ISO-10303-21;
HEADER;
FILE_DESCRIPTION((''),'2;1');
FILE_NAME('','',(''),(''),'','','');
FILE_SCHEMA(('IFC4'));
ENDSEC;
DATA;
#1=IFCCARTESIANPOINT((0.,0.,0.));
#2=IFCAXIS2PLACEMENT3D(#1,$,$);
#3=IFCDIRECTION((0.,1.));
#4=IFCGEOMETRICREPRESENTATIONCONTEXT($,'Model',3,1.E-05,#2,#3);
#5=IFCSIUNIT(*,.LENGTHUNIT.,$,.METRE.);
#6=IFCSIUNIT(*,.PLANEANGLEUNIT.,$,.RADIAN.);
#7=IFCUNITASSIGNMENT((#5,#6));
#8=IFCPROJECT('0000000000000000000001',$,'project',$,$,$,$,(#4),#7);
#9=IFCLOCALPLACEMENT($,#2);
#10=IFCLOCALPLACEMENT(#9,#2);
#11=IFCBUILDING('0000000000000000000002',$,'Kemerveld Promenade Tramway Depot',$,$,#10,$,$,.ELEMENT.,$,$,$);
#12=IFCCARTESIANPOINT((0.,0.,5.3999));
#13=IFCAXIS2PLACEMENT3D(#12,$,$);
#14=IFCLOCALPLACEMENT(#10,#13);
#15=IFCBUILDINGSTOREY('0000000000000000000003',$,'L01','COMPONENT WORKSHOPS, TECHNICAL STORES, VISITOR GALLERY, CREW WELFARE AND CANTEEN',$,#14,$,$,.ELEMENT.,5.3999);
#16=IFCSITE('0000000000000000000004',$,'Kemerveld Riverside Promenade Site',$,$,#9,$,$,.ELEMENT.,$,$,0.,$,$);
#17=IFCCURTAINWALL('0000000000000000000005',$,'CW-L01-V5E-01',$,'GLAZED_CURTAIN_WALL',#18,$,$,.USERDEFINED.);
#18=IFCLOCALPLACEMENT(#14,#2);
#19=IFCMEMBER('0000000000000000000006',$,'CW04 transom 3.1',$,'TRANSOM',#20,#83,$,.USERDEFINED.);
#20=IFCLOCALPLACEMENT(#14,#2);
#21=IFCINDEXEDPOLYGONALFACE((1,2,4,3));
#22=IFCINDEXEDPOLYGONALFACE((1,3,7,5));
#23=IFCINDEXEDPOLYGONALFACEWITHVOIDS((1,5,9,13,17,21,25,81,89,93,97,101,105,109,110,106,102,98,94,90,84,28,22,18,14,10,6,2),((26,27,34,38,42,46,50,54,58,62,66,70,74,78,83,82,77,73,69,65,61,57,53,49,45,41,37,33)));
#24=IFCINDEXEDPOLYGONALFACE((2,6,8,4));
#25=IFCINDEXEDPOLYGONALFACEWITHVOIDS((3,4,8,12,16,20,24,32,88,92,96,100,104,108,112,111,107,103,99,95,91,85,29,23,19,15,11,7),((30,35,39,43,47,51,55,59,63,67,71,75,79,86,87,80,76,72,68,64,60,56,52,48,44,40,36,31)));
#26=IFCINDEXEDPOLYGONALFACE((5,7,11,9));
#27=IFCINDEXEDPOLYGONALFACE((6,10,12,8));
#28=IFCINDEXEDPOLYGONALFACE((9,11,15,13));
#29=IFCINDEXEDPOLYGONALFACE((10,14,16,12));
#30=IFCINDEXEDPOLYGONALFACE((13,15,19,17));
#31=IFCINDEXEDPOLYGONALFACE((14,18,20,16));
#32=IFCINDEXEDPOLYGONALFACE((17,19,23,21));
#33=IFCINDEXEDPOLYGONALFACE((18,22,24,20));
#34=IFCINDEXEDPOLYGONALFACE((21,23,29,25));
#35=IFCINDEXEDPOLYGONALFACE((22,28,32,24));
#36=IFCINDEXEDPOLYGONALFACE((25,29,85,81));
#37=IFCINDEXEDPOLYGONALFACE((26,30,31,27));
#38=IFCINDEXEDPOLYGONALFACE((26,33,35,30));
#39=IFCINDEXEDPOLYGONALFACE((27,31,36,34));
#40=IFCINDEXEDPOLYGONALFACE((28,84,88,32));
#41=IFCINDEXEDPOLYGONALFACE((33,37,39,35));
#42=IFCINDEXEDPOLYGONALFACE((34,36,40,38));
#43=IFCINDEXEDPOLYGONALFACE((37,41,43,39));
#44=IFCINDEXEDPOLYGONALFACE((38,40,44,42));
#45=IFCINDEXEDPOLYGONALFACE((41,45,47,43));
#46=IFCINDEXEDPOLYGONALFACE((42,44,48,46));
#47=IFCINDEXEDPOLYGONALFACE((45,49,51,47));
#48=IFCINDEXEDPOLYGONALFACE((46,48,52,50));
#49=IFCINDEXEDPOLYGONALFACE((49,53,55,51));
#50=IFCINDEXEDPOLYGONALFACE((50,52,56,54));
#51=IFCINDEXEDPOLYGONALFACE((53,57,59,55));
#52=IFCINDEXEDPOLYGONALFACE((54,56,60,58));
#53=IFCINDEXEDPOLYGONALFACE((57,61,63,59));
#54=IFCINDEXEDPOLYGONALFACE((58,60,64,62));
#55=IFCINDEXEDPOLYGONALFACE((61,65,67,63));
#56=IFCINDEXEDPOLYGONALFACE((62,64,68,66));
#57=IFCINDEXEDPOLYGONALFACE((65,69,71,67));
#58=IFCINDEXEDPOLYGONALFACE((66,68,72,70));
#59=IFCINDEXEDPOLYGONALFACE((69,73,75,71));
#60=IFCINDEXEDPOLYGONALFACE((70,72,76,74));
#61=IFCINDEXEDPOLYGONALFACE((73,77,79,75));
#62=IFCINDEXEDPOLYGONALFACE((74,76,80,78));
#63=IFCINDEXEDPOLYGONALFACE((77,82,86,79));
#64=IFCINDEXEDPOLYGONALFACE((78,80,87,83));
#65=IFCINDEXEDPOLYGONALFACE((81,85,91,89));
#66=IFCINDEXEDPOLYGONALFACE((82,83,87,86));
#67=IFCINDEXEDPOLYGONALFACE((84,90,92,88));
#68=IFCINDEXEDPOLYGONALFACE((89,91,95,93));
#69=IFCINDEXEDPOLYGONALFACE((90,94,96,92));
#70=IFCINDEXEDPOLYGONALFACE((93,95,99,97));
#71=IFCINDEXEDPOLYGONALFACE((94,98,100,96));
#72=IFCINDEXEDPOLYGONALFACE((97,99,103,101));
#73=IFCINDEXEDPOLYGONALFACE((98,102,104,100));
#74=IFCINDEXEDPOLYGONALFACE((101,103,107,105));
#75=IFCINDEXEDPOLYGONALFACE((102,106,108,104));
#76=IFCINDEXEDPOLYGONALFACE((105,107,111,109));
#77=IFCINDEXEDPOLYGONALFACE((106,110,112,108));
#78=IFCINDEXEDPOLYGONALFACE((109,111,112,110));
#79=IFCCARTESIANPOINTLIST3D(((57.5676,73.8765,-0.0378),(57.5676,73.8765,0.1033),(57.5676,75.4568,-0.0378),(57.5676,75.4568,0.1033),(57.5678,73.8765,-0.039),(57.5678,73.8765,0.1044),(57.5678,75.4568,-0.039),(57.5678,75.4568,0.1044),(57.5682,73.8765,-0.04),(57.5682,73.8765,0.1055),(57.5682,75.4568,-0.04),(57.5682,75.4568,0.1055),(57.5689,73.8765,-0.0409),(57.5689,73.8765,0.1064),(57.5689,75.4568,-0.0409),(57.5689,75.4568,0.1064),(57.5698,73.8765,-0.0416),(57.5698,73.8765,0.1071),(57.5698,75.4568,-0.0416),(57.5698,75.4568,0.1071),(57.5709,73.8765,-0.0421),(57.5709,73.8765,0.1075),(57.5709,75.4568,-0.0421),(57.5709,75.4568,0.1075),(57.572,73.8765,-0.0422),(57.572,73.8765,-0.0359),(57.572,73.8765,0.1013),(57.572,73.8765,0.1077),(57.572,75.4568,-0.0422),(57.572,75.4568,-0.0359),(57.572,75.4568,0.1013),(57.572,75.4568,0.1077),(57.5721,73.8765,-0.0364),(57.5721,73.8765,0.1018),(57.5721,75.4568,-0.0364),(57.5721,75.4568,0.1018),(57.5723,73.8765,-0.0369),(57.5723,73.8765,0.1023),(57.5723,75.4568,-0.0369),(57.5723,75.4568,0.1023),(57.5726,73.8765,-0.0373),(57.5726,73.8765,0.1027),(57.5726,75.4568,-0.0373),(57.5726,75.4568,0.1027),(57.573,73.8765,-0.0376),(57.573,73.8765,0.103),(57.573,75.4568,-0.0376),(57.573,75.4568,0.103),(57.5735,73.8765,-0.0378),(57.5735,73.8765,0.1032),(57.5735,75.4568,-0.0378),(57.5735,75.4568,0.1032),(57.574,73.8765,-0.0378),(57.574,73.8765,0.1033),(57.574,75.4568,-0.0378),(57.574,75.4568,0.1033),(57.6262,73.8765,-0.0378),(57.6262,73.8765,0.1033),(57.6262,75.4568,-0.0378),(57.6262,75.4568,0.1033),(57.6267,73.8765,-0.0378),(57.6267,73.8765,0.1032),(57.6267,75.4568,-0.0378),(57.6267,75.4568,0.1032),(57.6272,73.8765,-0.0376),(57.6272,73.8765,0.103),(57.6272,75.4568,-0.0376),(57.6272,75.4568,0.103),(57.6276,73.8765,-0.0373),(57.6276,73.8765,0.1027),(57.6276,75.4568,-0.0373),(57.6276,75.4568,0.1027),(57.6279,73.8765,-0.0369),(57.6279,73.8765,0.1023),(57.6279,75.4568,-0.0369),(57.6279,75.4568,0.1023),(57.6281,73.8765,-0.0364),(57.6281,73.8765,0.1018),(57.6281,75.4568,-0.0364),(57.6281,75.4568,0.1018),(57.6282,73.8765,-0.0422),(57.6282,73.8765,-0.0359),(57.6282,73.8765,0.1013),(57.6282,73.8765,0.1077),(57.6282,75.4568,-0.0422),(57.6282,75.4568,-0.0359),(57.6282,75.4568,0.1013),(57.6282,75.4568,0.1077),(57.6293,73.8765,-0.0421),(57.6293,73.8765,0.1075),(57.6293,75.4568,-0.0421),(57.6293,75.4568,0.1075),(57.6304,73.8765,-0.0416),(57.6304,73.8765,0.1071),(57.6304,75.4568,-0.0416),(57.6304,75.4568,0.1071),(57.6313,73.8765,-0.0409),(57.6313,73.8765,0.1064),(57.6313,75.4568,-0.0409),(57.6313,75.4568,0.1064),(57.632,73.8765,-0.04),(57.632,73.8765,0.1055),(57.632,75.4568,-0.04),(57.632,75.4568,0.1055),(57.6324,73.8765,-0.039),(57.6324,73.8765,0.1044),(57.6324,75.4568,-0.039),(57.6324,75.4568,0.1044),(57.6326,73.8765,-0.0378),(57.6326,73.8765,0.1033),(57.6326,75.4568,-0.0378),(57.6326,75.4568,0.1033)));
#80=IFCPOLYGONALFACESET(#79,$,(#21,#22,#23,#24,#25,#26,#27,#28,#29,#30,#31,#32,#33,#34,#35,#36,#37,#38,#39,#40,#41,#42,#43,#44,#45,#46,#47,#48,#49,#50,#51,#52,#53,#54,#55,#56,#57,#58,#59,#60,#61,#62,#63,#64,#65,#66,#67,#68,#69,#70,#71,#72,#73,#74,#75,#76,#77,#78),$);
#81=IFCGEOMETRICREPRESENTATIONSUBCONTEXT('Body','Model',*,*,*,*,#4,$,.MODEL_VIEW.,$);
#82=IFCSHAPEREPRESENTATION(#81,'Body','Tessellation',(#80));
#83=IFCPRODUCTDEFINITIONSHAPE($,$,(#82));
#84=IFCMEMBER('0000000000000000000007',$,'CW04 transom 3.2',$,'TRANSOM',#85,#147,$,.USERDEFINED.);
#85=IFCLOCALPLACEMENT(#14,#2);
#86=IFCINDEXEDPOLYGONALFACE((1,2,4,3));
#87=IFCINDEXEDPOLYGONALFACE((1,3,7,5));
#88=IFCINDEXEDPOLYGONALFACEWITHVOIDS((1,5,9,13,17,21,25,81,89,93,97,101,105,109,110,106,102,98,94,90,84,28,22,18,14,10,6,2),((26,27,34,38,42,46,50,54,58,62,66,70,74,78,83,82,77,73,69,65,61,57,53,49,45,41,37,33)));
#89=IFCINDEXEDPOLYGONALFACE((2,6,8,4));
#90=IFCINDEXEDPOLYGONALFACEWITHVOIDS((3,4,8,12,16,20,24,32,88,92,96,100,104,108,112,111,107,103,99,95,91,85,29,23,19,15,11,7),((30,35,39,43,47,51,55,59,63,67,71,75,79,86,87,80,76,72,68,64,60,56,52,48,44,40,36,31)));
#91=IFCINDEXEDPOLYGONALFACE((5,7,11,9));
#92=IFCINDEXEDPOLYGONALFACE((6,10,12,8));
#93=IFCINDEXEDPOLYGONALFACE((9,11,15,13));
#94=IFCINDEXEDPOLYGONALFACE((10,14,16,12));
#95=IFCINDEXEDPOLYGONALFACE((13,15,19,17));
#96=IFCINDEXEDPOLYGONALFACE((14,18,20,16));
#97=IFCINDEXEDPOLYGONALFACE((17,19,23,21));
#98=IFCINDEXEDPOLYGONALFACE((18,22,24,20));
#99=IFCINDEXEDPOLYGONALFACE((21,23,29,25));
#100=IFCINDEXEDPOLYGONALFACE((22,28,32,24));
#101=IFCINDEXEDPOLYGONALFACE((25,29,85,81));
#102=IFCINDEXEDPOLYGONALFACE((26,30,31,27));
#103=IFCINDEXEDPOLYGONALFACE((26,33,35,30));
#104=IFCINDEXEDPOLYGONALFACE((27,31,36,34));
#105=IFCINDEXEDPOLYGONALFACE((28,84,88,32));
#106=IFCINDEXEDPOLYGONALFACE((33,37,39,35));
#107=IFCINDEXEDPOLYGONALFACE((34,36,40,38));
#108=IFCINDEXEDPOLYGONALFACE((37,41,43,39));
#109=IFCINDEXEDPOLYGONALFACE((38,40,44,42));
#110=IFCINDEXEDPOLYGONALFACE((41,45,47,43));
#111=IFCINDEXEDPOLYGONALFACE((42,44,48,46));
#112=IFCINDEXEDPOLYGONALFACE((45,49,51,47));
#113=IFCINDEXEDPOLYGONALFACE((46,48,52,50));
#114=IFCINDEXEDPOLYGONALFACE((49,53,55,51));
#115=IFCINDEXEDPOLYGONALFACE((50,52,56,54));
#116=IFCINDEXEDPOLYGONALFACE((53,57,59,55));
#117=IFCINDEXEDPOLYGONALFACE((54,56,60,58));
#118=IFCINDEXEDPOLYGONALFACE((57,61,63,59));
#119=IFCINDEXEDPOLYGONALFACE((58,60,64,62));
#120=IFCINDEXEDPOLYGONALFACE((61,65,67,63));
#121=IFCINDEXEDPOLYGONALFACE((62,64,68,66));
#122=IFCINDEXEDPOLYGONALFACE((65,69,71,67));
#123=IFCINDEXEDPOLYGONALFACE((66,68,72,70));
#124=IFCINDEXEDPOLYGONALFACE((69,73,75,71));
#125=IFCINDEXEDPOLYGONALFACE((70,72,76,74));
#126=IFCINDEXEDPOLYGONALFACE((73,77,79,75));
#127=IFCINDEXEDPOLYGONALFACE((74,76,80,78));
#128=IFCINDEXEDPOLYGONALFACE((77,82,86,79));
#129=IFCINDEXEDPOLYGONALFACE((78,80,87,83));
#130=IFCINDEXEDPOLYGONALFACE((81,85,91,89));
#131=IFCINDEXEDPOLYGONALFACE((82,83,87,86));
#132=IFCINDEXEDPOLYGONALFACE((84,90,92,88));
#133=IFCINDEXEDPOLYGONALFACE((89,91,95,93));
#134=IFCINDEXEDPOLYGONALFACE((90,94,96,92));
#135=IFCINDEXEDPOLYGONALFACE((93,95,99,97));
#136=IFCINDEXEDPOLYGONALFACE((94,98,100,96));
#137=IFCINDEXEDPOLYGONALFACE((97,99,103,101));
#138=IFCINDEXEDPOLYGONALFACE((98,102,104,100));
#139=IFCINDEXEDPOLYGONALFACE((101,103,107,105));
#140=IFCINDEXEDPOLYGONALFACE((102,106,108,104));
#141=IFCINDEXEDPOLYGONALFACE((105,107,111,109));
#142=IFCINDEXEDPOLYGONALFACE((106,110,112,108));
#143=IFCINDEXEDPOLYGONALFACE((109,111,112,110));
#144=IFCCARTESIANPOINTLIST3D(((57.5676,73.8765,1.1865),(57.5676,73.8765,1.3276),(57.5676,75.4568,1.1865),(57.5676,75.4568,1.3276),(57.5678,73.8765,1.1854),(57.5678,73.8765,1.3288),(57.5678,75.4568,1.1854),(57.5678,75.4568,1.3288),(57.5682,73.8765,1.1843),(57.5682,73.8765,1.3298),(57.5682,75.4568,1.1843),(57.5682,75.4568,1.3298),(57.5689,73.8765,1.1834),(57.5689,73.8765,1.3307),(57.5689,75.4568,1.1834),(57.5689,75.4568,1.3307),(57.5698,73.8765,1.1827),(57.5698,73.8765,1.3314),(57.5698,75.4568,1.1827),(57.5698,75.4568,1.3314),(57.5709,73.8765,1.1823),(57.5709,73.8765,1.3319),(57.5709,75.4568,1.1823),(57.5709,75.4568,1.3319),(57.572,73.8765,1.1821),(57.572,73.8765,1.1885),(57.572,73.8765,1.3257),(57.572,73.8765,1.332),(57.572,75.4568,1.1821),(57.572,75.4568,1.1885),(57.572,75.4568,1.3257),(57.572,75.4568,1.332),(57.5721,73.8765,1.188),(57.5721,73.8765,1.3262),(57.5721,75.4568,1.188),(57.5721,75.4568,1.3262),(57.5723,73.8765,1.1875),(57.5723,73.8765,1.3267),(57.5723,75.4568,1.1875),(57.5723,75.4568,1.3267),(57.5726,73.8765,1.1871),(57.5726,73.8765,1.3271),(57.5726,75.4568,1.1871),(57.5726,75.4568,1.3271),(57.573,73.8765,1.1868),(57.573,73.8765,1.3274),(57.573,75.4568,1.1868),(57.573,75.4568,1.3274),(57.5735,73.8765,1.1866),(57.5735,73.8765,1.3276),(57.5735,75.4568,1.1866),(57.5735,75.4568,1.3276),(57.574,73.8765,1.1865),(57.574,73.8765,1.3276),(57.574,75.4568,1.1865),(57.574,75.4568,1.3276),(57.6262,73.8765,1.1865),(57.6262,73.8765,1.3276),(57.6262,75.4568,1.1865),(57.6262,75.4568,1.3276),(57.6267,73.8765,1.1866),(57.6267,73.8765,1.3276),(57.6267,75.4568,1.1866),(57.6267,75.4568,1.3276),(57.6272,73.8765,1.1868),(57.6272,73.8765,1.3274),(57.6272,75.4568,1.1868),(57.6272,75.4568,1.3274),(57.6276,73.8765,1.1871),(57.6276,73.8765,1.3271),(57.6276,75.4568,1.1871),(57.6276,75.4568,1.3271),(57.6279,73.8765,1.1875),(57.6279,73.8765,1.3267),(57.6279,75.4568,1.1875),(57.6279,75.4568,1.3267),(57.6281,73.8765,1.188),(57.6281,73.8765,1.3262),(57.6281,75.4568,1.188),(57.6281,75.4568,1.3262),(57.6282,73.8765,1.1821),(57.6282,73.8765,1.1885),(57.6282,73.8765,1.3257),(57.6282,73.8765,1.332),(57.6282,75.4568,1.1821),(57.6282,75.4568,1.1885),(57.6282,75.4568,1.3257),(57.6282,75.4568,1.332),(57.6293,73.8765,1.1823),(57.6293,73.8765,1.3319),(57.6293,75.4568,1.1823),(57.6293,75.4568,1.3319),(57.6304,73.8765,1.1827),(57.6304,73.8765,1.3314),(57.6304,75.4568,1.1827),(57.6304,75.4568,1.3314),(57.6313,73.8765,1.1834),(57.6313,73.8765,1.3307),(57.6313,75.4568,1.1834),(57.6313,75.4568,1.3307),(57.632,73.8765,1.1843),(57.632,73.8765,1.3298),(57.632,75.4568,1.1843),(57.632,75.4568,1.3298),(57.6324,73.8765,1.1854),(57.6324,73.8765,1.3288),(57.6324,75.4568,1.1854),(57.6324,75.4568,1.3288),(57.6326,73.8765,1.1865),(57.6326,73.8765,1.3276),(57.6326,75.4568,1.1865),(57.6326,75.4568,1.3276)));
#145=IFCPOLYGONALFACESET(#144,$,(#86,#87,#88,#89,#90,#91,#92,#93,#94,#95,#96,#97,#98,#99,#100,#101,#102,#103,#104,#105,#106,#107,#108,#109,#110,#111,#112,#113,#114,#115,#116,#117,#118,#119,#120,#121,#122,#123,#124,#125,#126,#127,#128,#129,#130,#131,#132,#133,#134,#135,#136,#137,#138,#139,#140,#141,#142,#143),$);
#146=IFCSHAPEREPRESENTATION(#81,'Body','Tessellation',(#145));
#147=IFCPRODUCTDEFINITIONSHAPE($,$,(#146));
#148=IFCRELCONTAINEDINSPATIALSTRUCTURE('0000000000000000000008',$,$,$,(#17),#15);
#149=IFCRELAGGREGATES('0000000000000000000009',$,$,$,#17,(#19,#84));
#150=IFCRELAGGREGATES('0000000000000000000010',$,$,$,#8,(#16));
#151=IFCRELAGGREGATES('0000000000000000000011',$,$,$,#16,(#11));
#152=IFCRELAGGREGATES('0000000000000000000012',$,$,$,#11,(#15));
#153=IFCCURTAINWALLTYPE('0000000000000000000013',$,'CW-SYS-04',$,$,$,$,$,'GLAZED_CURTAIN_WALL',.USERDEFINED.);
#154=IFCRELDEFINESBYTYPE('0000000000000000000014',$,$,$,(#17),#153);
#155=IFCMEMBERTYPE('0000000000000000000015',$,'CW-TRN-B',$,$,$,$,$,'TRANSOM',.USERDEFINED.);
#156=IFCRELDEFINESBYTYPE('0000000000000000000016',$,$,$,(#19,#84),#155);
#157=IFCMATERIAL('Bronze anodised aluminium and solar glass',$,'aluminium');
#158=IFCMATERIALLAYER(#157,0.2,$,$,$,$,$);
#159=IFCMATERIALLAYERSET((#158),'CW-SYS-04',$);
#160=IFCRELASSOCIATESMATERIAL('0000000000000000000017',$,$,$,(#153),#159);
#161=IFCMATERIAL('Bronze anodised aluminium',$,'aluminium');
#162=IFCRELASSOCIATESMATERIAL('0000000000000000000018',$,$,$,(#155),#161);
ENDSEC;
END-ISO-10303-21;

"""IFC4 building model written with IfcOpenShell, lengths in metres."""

from ifc_helpers import new_model, si_unit, direction, frame, origin, origin_2d, place, context, subcontext, project, spatial, hollow_rectangle, extrude, material, layer, layer_set, material_profile, profile_set, type_object, element, aggregate, save


model = new_model("IFC4")

# Units and contexts
model_context = context("Model", 3, precision=1e-05, world=origin(), true_north=direction((0.0, 1.0)))
body_context = subcontext(model_context, "Body", "Model", "MODEL_VIEW")
ifc_project = project(units=[si_unit("LENGTHUNIT", "METRE"), si_unit("PLANEANGLEUNIT", "RADIAN")], contexts=[model_context])

# Site, building, storey
site_placement = place(None, origin())
site = spatial("IfcSite", under=ifc_project, at=site_placement, Name="Kemerveld Riverside Promenade Site", CompositionType="ELEMENT", RefElevation=0.0)
building_placement = place(site_placement, origin())
building = spatial("IfcBuilding", under=site, at=building_placement, Name="Kemerveld Promenade Tramway Depot", CompositionType="ELEMENT")
storey_placement = place(building_placement, frame((0.0, 0.0, 5.3999)))
storey = spatial("IfcBuildingStorey", under=building, at=storey_placement, Name="L01", Description="COMPONENT WORKSHOPS, TECHNICAL STORES, VISITOR GALLERY, CREW WELFARE AND CANTEEN", CompositionType="ELEMENT", Elevation=5.3999)

# Curtain wall, members
ifc_material_1 = material(Name="Bronze anodised aluminium and solar glass", Category="aluminium")
ifc_layer_1 = layer(ifc_material_1, 0.2)
ifc_layer_set_1 = layer_set([ifc_layer_1], Name="CW-SYS-04")
curtain_wall_type = type_object("IfcCurtainWallType", Name="CW-SYS-04", ElementType="GLAZED_CURTAIN_WALL", PredefinedType="USERDEFINED", material=ifc_layer_set_1)
curtain_wall_placement = place(storey_placement, origin())
curtain_wall = element("IfcCurtainWall", 1, at=curtain_wall_placement, inside=storey, type_object=curtain_wall_type, Name="CW-L01-V5E-01", ObjectType="GLAZED_CURTAIN_WALL", PredefinedType="USERDEFINED")
ifc_material_2 = material(Name="Bronze anodised aluminium", Category="aluminium")
ifc_material_profile_1 = material_profile(ifc_material_2, hollow_rectangle(XDim=0.0649, YDim=0.1499, WallThickness=0.0044, InnerFilletRadius=0.002, OuterFilletRadius=0.0044, at=origin_2d()), Name="CW-TRN-150x65")
ifc_profile_set_1 = profile_set([ifc_material_profile_1], Name="Bronze anodised aluminium")
member_type_1 = type_object("IfcMemberType", Name="CW-TRN-B", ElementType="TRANSOM", PredefinedType="USERDEFINED", material=ifc_profile_set_1)
member_1_placement = place(storey_placement, frame((57.6001, 75.4568, 0.0327), z_axis=(0.0, -1.0, 0.0), x_axis=(1.0, 0.0, 0.0)))
member_1 = element("IfcMember", 2, at=member_1_placement, type_object=member_type_1, Name="CW04 transom 3.1", ObjectType="TRANSOM", PredefinedType="USERDEFINED", context=body_context, shape_type="SweptSolid", body=[
    extrude(hollow_rectangle(XDim=0.0649, YDim=0.1499, WallThickness=0.0044, InnerFilletRadius=0.002, OuterFilletRadius=0.0044, at=origin_2d()), origin(), (0.0, 0.0, 1.0), 1.5803),
])
member_2_placement = place(storey_placement, frame((57.6001, 75.4568, 1.2571), z_axis=(0.0, -1.0, 0.0), x_axis=(1.0, 0.0, 0.0)))
member_2 = element("IfcMember", 3, at=member_2_placement, type_object=member_type_1, Name="CW04 transom 3.2", ObjectType="TRANSOM", PredefinedType="USERDEFINED", context=body_context, shape_type="SweptSolid", body=[
    extrude(hollow_rectangle(XDim=0.0649, YDim=0.1499, WallThickness=0.0044, InnerFilletRadius=0.002, OuterFilletRadius=0.0044, at=origin_2d()), origin(), (0.0, 0.0, 1.0), 1.5803),
])
aggregate(curtain_wall, [member_1, member_2])

save(model, "model.ifc")
